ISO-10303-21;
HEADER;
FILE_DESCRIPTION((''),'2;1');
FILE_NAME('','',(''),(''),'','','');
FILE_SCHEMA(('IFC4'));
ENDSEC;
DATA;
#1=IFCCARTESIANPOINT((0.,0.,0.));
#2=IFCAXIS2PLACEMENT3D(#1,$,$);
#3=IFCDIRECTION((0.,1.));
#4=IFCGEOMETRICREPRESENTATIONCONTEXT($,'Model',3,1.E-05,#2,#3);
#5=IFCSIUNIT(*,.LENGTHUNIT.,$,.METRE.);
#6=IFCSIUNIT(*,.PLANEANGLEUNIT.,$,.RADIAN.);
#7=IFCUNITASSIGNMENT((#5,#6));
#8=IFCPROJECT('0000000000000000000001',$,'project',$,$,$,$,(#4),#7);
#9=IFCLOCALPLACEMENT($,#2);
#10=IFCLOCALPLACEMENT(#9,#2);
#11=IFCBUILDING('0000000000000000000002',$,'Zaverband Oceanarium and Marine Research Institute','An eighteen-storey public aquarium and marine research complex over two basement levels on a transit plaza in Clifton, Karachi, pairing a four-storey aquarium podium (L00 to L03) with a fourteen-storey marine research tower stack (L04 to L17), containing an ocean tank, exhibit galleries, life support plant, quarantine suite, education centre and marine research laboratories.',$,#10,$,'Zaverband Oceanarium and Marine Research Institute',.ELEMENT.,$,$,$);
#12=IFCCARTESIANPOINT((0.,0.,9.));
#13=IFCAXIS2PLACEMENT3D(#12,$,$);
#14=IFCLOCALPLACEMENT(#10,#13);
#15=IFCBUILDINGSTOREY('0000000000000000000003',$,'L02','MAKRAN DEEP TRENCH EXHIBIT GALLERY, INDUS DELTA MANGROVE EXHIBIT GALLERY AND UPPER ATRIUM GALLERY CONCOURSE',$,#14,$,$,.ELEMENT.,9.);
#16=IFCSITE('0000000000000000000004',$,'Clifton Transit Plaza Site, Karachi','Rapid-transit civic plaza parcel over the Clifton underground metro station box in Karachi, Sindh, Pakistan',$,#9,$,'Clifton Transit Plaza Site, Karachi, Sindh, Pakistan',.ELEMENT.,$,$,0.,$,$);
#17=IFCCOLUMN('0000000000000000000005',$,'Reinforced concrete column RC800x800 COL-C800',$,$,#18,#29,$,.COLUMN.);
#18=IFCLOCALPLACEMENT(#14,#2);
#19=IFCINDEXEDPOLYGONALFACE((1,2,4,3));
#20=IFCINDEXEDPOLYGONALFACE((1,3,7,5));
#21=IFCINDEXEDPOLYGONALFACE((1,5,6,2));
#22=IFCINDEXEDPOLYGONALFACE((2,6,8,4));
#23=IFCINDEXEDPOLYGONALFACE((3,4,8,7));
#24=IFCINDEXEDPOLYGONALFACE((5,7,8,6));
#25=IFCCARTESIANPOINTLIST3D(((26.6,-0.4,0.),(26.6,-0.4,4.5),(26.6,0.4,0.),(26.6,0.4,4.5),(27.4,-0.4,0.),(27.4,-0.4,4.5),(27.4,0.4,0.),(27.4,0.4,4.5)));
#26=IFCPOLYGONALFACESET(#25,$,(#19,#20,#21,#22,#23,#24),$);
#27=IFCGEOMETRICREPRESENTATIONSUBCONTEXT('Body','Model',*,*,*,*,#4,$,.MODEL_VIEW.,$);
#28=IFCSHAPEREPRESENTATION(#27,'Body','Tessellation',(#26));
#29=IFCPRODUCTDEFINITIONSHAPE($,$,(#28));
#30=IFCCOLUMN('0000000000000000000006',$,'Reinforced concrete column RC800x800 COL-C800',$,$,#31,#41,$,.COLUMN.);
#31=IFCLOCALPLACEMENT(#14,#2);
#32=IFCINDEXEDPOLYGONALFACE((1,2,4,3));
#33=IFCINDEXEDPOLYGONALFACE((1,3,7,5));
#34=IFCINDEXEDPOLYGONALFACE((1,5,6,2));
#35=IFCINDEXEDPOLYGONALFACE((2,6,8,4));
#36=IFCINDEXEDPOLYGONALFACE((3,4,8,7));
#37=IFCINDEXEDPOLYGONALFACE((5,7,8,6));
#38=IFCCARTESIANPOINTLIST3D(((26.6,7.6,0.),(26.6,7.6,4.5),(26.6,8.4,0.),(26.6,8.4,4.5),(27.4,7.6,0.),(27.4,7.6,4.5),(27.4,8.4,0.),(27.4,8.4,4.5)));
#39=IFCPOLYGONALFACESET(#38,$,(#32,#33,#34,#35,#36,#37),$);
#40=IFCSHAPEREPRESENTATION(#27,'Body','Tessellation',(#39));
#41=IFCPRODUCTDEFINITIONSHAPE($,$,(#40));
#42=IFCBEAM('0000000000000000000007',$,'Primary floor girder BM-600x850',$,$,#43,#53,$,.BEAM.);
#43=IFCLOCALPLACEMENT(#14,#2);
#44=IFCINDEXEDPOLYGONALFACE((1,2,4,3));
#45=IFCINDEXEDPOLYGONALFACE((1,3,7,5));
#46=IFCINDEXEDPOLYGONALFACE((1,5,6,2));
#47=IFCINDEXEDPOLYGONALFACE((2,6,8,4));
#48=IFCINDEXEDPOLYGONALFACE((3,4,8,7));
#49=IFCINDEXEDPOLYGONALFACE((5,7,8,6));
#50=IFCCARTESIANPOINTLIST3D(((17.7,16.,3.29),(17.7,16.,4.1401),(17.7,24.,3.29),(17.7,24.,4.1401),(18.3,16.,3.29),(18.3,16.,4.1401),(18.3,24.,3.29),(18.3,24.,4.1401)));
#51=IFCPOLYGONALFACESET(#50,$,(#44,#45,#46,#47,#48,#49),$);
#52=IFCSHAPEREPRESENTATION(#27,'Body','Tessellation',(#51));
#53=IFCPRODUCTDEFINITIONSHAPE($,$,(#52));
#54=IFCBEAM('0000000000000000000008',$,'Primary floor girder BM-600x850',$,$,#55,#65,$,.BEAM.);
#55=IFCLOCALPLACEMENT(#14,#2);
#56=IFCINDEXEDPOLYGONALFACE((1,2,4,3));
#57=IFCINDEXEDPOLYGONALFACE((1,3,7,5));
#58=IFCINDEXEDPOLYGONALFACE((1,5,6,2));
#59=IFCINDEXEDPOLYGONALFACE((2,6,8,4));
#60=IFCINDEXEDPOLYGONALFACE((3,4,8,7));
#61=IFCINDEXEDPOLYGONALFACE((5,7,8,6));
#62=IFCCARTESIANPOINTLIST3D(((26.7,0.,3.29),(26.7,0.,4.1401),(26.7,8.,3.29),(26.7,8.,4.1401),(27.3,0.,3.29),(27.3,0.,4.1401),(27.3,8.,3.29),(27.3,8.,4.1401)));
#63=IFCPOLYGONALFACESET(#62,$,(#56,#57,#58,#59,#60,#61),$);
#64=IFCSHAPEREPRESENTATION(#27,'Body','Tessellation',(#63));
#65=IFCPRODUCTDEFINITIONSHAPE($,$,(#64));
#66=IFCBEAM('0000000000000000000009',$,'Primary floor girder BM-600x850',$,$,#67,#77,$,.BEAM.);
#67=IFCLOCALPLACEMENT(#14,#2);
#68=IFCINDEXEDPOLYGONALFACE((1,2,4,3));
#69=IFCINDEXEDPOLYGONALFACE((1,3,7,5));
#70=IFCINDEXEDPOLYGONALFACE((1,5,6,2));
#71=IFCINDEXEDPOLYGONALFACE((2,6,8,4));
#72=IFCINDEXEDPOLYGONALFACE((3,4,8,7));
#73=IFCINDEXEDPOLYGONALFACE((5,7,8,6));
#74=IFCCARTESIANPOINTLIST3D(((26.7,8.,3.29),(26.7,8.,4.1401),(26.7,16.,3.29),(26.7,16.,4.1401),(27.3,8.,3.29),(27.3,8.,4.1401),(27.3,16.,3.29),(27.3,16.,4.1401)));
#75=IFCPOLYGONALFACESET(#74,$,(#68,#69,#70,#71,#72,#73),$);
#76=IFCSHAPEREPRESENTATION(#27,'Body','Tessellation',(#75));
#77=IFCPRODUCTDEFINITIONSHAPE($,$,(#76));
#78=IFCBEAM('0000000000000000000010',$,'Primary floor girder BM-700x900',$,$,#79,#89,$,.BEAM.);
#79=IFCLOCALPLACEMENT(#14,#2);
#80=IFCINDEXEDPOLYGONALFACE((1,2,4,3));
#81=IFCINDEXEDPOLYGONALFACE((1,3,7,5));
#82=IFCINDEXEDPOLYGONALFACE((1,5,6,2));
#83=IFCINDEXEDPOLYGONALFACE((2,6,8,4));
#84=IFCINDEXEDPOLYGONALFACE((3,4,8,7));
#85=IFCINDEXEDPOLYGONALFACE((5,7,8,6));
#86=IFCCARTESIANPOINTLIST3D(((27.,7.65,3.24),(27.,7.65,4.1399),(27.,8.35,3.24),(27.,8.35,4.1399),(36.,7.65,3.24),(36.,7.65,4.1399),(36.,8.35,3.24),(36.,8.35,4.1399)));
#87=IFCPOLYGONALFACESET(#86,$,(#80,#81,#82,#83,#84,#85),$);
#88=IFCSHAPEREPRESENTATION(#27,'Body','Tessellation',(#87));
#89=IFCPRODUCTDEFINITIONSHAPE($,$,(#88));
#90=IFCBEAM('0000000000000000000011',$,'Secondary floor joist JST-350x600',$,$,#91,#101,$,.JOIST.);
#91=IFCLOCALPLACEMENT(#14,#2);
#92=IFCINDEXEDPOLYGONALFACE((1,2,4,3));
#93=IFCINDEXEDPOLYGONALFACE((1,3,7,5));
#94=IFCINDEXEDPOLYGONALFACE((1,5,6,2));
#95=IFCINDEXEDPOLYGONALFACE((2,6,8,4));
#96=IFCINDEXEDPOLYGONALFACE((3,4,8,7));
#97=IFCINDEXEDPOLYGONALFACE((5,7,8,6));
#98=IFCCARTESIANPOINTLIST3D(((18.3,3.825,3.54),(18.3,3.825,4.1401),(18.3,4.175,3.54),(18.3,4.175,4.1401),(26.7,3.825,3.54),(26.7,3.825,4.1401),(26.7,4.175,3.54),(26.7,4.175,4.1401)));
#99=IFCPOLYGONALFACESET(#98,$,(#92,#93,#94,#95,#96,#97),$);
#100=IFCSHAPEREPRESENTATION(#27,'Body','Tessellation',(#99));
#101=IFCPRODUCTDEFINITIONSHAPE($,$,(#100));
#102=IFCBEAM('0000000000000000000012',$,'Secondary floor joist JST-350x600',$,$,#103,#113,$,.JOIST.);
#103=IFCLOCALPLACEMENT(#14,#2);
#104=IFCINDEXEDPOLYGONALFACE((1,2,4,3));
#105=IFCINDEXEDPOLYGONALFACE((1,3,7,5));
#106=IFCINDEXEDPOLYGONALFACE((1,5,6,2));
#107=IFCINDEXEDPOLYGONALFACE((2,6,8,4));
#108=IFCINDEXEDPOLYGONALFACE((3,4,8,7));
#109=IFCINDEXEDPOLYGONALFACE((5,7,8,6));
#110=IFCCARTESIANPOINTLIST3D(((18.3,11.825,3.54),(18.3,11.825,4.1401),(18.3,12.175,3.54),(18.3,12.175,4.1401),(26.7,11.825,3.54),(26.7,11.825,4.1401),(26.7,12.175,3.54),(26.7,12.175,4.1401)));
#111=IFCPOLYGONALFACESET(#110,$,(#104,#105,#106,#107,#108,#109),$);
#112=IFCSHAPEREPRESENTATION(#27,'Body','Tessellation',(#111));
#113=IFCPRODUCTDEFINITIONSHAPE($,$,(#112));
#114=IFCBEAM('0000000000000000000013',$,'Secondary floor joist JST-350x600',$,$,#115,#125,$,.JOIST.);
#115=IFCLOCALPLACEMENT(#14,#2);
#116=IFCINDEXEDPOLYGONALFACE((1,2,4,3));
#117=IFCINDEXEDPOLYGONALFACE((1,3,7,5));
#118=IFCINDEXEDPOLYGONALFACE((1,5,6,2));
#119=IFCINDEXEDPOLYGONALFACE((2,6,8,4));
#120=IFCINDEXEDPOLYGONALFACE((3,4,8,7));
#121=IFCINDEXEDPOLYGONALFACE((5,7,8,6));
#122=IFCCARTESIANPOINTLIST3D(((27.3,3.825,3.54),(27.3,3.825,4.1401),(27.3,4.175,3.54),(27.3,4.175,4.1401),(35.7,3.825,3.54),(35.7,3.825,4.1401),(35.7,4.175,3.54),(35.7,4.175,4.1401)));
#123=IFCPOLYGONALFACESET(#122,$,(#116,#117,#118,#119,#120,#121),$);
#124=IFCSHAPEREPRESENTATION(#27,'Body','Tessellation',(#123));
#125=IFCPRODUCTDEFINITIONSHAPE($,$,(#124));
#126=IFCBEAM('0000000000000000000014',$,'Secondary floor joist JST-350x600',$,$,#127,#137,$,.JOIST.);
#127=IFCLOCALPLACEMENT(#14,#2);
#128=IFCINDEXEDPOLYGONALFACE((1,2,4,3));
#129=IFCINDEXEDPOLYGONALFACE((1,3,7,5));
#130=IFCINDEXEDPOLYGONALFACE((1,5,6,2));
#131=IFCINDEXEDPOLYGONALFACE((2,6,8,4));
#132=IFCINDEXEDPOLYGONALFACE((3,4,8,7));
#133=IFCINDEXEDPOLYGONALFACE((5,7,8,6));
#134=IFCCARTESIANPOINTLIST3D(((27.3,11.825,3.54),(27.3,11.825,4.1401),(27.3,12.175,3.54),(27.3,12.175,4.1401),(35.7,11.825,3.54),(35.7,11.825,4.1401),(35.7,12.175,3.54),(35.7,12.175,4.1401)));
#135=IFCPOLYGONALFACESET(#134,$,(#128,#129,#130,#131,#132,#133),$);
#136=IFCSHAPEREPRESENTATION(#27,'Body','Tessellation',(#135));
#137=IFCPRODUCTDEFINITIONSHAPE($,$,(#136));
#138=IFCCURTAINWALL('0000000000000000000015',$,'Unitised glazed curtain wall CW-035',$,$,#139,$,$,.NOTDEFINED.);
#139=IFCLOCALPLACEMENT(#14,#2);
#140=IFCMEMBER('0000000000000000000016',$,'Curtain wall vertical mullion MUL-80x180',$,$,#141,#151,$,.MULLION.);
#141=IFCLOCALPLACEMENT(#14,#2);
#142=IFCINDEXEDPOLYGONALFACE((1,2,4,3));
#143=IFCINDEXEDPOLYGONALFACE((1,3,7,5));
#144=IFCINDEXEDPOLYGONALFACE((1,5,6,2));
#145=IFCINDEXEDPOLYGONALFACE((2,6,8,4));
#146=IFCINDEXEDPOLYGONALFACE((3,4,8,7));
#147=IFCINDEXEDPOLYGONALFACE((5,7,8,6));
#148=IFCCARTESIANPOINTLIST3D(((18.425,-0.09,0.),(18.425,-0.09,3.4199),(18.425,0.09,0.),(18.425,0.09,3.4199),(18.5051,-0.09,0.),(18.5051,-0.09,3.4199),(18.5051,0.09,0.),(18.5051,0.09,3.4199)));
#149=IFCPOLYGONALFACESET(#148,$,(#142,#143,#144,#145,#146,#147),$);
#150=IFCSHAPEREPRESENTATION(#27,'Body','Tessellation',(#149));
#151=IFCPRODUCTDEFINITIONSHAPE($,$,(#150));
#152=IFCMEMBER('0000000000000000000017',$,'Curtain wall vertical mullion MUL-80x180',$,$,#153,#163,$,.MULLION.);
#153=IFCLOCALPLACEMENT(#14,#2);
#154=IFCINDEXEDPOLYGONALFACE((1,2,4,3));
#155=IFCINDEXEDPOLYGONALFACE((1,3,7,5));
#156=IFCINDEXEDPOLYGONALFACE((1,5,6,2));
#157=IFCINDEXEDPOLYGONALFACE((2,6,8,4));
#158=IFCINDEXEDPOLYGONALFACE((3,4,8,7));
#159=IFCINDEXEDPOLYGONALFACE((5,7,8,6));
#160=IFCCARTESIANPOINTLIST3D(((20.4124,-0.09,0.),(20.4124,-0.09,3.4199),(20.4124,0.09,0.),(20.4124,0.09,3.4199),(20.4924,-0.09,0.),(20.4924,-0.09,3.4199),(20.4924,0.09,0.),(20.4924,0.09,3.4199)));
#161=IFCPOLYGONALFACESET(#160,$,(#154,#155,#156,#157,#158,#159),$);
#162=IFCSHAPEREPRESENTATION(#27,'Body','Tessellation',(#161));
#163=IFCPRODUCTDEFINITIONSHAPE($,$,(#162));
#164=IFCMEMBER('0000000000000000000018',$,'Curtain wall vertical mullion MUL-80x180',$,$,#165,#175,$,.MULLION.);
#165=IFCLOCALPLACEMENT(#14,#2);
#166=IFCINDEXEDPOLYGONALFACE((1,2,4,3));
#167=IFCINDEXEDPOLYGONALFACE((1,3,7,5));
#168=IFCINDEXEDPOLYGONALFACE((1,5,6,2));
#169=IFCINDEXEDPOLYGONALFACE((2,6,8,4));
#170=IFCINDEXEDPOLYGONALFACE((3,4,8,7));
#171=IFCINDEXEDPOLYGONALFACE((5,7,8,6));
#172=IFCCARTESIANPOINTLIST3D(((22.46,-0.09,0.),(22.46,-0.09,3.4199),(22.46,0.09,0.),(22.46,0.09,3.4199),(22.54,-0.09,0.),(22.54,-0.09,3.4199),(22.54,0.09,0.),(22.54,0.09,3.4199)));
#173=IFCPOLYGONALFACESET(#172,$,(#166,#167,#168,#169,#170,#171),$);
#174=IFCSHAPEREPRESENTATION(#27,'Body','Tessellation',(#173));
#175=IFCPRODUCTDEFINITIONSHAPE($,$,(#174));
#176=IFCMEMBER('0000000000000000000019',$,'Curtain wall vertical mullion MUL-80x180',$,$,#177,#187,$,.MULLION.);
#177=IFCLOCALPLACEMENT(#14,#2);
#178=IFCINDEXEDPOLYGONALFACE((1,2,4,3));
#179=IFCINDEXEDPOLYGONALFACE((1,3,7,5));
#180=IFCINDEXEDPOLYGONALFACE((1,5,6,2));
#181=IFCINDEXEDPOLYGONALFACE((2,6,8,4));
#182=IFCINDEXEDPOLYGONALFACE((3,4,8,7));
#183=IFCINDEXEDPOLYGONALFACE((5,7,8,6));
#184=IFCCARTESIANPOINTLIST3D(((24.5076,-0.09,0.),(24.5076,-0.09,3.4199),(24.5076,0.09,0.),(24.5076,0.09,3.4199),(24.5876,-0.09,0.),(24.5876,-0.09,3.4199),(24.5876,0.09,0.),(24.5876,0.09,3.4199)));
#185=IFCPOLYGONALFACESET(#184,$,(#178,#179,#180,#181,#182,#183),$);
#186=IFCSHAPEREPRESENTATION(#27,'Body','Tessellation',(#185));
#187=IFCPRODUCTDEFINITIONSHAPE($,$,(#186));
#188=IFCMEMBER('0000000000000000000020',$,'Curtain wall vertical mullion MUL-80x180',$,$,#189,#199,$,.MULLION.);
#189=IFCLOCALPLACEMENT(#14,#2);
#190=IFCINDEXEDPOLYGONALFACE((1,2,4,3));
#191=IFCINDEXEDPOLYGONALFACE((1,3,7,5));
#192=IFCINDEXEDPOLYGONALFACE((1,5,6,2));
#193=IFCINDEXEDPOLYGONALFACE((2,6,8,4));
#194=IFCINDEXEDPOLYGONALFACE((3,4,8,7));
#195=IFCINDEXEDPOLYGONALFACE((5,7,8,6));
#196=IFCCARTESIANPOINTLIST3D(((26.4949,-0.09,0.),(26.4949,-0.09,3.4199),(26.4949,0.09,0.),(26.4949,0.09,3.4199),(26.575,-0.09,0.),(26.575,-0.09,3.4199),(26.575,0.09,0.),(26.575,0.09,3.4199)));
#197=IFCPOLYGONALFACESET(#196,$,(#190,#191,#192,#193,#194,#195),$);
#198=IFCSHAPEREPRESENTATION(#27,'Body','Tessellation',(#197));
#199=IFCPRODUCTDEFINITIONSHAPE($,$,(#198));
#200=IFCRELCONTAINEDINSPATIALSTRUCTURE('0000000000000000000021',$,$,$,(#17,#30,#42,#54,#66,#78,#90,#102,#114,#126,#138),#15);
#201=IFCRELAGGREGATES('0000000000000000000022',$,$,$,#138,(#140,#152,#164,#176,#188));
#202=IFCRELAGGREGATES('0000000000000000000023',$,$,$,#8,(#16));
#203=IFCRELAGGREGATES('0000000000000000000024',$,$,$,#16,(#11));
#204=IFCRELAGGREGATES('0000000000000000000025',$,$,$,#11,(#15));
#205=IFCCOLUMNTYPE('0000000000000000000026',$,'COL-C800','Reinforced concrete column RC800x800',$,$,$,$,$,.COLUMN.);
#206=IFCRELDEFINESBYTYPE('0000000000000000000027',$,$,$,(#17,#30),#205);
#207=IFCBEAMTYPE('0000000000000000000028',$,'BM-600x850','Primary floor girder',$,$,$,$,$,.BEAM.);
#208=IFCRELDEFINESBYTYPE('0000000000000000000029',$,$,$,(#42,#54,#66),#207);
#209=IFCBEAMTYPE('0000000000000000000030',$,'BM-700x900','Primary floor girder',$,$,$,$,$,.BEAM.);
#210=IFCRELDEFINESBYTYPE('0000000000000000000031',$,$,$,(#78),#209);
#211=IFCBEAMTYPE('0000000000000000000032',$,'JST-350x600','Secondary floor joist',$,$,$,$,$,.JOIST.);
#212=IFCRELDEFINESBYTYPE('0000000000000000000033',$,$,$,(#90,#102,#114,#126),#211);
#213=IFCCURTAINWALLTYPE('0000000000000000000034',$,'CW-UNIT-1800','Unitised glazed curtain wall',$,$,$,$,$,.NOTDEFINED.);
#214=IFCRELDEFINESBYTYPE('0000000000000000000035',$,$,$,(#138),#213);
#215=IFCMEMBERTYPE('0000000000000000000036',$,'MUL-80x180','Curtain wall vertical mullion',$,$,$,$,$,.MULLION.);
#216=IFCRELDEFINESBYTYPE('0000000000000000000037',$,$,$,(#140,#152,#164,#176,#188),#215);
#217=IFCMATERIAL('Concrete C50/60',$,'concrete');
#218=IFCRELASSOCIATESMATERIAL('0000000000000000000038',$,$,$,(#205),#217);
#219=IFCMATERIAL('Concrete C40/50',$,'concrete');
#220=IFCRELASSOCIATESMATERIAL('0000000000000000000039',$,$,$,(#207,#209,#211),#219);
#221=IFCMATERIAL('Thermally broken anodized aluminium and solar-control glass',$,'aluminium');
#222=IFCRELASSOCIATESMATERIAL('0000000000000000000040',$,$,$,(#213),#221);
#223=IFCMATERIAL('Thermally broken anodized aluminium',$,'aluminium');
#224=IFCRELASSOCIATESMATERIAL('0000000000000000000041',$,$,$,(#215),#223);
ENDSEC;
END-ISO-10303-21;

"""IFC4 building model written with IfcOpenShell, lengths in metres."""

from ifc_helpers import new_model, si_unit, direction, frame, origin, origin_2d, place, context, subcontext, project, spatial, rectangle, extrude, material, material_profile, profile_set, type_object, element, aggregate, save


model = new_model("IFC4")

# Units and contexts
model_context = context("Model", 3, precision=1e-05, world=origin(), true_north=direction((0.0, 1.0)))
body_context = subcontext(model_context, "Body", "Model", "MODEL_VIEW")
ifc_project = project(units=[si_unit("LENGTHUNIT", "METRE"), si_unit("PLANEANGLEUNIT", "RADIAN")], contexts=[model_context])

# Site, building, storey
site_placement = place(None, origin())
site = spatial("IfcSite", under=ifc_project, at=site_placement, Name="Clifton Transit Plaza Site, Karachi", Description="Rapid-transit civic plaza parcel over the Clifton underground metro station box in Karachi, Sindh, Pakistan", LongName="Clifton Transit Plaza Site, Karachi, Sindh, Pakistan", CompositionType="ELEMENT", RefElevation=0.0)
building_placement = place(site_placement, origin())
building = spatial("IfcBuilding", under=site, at=building_placement, Name="Zaverband Oceanarium and Marine Research Institute", Description="An eighteen-storey public aquarium and marine research complex over two basement levels on a transit plaza in Clifton, Karachi, pairing a four-storey aquarium podium (L00 to L03) with a fourteen-storey marine research tower stack (L04 to L17), containing an ocean tank, exhibit galleries, life support plant, quarantine suite, education centre and marine research laboratories.", LongName="Zaverband Oceanarium and Marine Research Institute", CompositionType="ELEMENT")
storey_placement = place(building_placement, frame((0.0, 0.0, 9.0)))
storey = spatial("IfcBuildingStorey", under=building, at=storey_placement, Name="L02", Description="MAKRAN DEEP TRENCH EXHIBIT GALLERY, INDUS DELTA MANGROVE EXHIBIT GALLERY AND UPPER ATRIUM GALLERY CONCOURSE", CompositionType="ELEMENT", Elevation=9.0)

# Columns
ifc_material_1 = material(Name="Concrete C50/60", Category="concrete")
ifc_material_profile_1 = material_profile(ifc_material_1, rectangle(XDim=0.8, YDim=0.8, at=origin_2d()), Name="RC800x800")
ifc_profile_set_1 = profile_set([ifc_material_profile_1], Name="Concrete C50/60")
column_type = type_object("IfcColumnType", Name="COL-C800", Description="Reinforced concrete column RC800x800", PredefinedType="COLUMN", material=ifc_profile_set_1)
for number, where, z_axis, x_axis, name in (
    (1, (27.0, 0.0, 0.0), (0.0, 0.0, 1.0), (1.0, 0.0, 0.0), "Reinforced concrete column RC800x800 COL-C800"),
    (2, (27.0, 8.0, 0.0), (0.0, 0.0, 1.0), (1.0, 0.0, 0.0), "Reinforced concrete column RC800x800 COL-C800"),
):
    element("IfcColumn", number, at=place(storey_placement, frame(where, z_axis=z_axis, x_axis=x_axis)), inside=storey, type_object=column_type, Name=name, PredefinedType="COLUMN", context=body_context, shape_type="SweptSolid", body=[
        extrude(rectangle(XDim=0.8, YDim=0.8, at=origin_2d()), origin(), (0.0, 0.0, 1.0), 4.5),
    ])

# Beams
ifc_material_2 = material(Name="Concrete C40/50", Category="concrete")
ifc_material_profile_2 = material_profile(ifc_material_2, rectangle(XDim=0.6001, YDim=0.8501, at=origin_2d()), Name="RC600x850")
ifc_profile_set_2 = profile_set([ifc_material_profile_2], Name="Concrete C40/50")
beam_type_1 = type_object("IfcBeamType", Name="BM-600x850", Description="Primary floor girder", PredefinedType="BEAM", material=ifc_profile_set_2)
for number, where, z_axis, x_axis, name in (
    (3, (18.0, 16.0, 3.7151), (0.0, 1.0, 0.0), (-1.0, 0.0, 0.0), "Primary floor girder BM-600x850"),
    (4, (27.0, 0.0, 3.7151), (0.0, 1.0, 0.0), (-1.0, 0.0, 0.0), "Primary floor girder BM-600x850"),
    (5, (27.0, 8.0, 3.7151), (0.0, 1.0, 0.0), (-1.0, 0.0, 0.0), "Primary floor girder BM-600x850"),
):
    element("IfcBeam", number, at=place(storey_placement, frame(where, z_axis=z_axis, x_axis=x_axis)), inside=storey, type_object=beam_type_1, Name=name, PredefinedType="BEAM", context=body_context, shape_type="SweptSolid", body=[
        extrude(rectangle(XDim=0.6001, YDim=0.8501, at=origin_2d()), origin(), (0.0, 0.0, 1.0), 8.0),
    ])
ifc_material_profile_3 = material_profile(ifc_material_2, rectangle(XDim=0.7, YDim=0.8999, at=origin_2d()), Name="RC700x900")
ifc_profile_set_3 = profile_set([ifc_material_profile_3], Name="Concrete C40/50")
beam_type_2 = type_object("IfcBeamType", Name="BM-700x900", Description="Primary floor girder", PredefinedType="BEAM", material=ifc_profile_set_3)
beam_1_placement = place(storey_placement, frame((27.0, 8.0, 3.6899), z_axis=(1.0, 0.0, 0.0), x_axis=(0.0, 1.0, 0.0)))
element("IfcBeam", 6, at=beam_1_placement, inside=storey, type_object=beam_type_2, Name="Primary floor girder BM-700x900", PredefinedType="BEAM", context=body_context, shape_type="SweptSolid", body=[
    extrude(rectangle(XDim=0.7, YDim=0.8999, at=origin_2d()), origin(), (0.0, 0.0, 1.0), 9.0),
])
ifc_material_profile_4 = material_profile(ifc_material_2, rectangle(XDim=0.3501, YDim=0.6001, at=origin_2d()), Name="RC350x600")
ifc_profile_set_4 = profile_set([ifc_material_profile_4], Name="Concrete C40/50")
beam_type_3 = type_object("IfcBeamType", Name="JST-350x600", Description="Secondary floor joist", PredefinedType="JOIST", material=ifc_profile_set_4)
for number, where, z_axis, x_axis, name in (
    (7, (18.3, 4.0, 3.8401), (1.0, 0.0, 0.0), (0.0, 1.0, 0.0), "Secondary floor joist JST-350x600"),
    (8, (18.3, 12.0, 3.8401), (1.0, 0.0, 0.0), (0.0, 1.0, 0.0), "Secondary floor joist JST-350x600"),
    (9, (27.3, 4.0, 3.8401), (1.0, 0.0, 0.0), (0.0, 1.0, 0.0), "Secondary floor joist JST-350x600"),
    (10, (27.3, 12.0, 3.8401), (1.0, 0.0, 0.0), (0.0, 1.0, 0.0), "Secondary floor joist JST-350x600"),
):
    element("IfcBeam", number, at=place(storey_placement, frame(where, z_axis=z_axis, x_axis=x_axis)), inside=storey, type_object=beam_type_3, Name=name, PredefinedType="JOIST", context=body_context, shape_type="SweptSolid", body=[
        extrude(rectangle(XDim=0.3501, YDim=0.6001, at=origin_2d()), origin(), (0.0, 0.0, 1.0), 8.3999),
    ])

# Curtain wall, members
ifc_material_3 = material(Name="Thermally broken anodized aluminium and solar-control glass", Category="aluminium")
curtain_wall_type = type_object("IfcCurtainWallType", Name="CW-UNIT-1800", Description="Unitised glazed curtain wall", PredefinedType="NOTDEFINED", material=ifc_material_3)
curtain_wall_placement = place(storey_placement, origin())
curtain_wall = element("IfcCurtainWall", 11, at=curtain_wall_placement, inside=storey, type_object=curtain_wall_type, Name="Unitised glazed curtain wall CW-035", PredefinedType="NOTDEFINED")
ifc_material_4 = material(Name="Thermally broken anodized aluminium", Category="aluminium")
ifc_material_profile_5 = material_profile(ifc_material_4, rectangle(XDim=0.0801, YDim=0.1799, at=origin_2d()), Name="AL-MUL-80x180")
ifc_profile_set_5 = profile_set([ifc_material_profile_5], Name="Thermally broken anodized aluminium")
member_type_1 = type_object("IfcMemberType", Name="MUL-80x180", Description="Curtain wall vertical mullion", PredefinedType="MULLION", material=ifc_profile_set_5)
member_1_placement = place(storey_placement, frame((18.4651, 0.0, 0.0), z_axis=(0.0, 0.0, 1.0), x_axis=(1.0, 0.0, 0.0)))
member_1 = element("IfcMember", 12, at=member_1_placement, type_object=member_type_1, Name="Curtain wall vertical mullion MUL-80x180", PredefinedType="MULLION", context=body_context, shape_type="SweptSolid", body=[
    extrude(rectangle(XDim=0.0801, YDim=0.1799, at=origin_2d()), origin(), (0.0, 0.0, 1.0), 3.4199),
])
member_2_placement = place(storey_placement, frame((20.4524, 0.0, 0.0), z_axis=(0.0, 0.0, 1.0), x_axis=(1.0, 0.0, 0.0)))
member_2 = element("IfcMember", 13, at=member_2_placement, type_object=member_type_1, Name="Curtain wall vertical mullion MUL-80x180", PredefinedType="MULLION", context=body_context, shape_type="SweptSolid", body=[
    extrude(rectangle(XDim=0.0801, YDim=0.1799, at=origin_2d()), origin(), (0.0, 0.0, 1.0), 3.4199),
])
member_3_placement = place(storey_placement, frame((22.5, 0.0, 0.0), z_axis=(0.0, 0.0, 1.0), x_axis=(1.0, 0.0, 0.0)))
member_3 = element("IfcMember", 14, at=member_3_placement, type_object=member_type_1, Name="Curtain wall vertical mullion MUL-80x180", PredefinedType="MULLION", context=body_context, shape_type="SweptSolid", body=[
    extrude(rectangle(XDim=0.0801, YDim=0.1799, at=origin_2d()), origin(), (0.0, 0.0, 1.0), 3.4199),
])
member_4_placement = place(storey_placement, frame((24.5476, 0.0, 0.0), z_axis=(0.0, 0.0, 1.0), x_axis=(1.0, 0.0, 0.0)))
member_4 = element("IfcMember", 15, at=member_4_placement, type_object=member_type_1, Name="Curtain wall vertical mullion MUL-80x180", PredefinedType="MULLION", context=body_context, shape_type="SweptSolid", body=[
    extrude(rectangle(XDim=0.0801, YDim=0.1799, at=origin_2d()), origin(), (0.0, 0.0, 1.0), 3.4199),
])
member_5_placement = place(storey_placement, frame((26.5349, 0.0, 0.0), z_axis=(0.0, 0.0, 1.0), x_axis=(1.0, 0.0, 0.0)))
member_5 = element("IfcMember", 16, at=member_5_placement, type_object=member_type_1, Name="Curtain wall vertical mullion MUL-80x180", PredefinedType="MULLION", context=body_context, shape_type="SweptSolid", body=[
    extrude(rectangle(XDim=0.0801, YDim=0.1799, at=origin_2d()), origin(), (0.0, 0.0, 1.0), 3.4199),
])

aggregate(curtain_wall, [member_1, member_2, member_3, member_4, member_5])

save(model, "model.ifc")
